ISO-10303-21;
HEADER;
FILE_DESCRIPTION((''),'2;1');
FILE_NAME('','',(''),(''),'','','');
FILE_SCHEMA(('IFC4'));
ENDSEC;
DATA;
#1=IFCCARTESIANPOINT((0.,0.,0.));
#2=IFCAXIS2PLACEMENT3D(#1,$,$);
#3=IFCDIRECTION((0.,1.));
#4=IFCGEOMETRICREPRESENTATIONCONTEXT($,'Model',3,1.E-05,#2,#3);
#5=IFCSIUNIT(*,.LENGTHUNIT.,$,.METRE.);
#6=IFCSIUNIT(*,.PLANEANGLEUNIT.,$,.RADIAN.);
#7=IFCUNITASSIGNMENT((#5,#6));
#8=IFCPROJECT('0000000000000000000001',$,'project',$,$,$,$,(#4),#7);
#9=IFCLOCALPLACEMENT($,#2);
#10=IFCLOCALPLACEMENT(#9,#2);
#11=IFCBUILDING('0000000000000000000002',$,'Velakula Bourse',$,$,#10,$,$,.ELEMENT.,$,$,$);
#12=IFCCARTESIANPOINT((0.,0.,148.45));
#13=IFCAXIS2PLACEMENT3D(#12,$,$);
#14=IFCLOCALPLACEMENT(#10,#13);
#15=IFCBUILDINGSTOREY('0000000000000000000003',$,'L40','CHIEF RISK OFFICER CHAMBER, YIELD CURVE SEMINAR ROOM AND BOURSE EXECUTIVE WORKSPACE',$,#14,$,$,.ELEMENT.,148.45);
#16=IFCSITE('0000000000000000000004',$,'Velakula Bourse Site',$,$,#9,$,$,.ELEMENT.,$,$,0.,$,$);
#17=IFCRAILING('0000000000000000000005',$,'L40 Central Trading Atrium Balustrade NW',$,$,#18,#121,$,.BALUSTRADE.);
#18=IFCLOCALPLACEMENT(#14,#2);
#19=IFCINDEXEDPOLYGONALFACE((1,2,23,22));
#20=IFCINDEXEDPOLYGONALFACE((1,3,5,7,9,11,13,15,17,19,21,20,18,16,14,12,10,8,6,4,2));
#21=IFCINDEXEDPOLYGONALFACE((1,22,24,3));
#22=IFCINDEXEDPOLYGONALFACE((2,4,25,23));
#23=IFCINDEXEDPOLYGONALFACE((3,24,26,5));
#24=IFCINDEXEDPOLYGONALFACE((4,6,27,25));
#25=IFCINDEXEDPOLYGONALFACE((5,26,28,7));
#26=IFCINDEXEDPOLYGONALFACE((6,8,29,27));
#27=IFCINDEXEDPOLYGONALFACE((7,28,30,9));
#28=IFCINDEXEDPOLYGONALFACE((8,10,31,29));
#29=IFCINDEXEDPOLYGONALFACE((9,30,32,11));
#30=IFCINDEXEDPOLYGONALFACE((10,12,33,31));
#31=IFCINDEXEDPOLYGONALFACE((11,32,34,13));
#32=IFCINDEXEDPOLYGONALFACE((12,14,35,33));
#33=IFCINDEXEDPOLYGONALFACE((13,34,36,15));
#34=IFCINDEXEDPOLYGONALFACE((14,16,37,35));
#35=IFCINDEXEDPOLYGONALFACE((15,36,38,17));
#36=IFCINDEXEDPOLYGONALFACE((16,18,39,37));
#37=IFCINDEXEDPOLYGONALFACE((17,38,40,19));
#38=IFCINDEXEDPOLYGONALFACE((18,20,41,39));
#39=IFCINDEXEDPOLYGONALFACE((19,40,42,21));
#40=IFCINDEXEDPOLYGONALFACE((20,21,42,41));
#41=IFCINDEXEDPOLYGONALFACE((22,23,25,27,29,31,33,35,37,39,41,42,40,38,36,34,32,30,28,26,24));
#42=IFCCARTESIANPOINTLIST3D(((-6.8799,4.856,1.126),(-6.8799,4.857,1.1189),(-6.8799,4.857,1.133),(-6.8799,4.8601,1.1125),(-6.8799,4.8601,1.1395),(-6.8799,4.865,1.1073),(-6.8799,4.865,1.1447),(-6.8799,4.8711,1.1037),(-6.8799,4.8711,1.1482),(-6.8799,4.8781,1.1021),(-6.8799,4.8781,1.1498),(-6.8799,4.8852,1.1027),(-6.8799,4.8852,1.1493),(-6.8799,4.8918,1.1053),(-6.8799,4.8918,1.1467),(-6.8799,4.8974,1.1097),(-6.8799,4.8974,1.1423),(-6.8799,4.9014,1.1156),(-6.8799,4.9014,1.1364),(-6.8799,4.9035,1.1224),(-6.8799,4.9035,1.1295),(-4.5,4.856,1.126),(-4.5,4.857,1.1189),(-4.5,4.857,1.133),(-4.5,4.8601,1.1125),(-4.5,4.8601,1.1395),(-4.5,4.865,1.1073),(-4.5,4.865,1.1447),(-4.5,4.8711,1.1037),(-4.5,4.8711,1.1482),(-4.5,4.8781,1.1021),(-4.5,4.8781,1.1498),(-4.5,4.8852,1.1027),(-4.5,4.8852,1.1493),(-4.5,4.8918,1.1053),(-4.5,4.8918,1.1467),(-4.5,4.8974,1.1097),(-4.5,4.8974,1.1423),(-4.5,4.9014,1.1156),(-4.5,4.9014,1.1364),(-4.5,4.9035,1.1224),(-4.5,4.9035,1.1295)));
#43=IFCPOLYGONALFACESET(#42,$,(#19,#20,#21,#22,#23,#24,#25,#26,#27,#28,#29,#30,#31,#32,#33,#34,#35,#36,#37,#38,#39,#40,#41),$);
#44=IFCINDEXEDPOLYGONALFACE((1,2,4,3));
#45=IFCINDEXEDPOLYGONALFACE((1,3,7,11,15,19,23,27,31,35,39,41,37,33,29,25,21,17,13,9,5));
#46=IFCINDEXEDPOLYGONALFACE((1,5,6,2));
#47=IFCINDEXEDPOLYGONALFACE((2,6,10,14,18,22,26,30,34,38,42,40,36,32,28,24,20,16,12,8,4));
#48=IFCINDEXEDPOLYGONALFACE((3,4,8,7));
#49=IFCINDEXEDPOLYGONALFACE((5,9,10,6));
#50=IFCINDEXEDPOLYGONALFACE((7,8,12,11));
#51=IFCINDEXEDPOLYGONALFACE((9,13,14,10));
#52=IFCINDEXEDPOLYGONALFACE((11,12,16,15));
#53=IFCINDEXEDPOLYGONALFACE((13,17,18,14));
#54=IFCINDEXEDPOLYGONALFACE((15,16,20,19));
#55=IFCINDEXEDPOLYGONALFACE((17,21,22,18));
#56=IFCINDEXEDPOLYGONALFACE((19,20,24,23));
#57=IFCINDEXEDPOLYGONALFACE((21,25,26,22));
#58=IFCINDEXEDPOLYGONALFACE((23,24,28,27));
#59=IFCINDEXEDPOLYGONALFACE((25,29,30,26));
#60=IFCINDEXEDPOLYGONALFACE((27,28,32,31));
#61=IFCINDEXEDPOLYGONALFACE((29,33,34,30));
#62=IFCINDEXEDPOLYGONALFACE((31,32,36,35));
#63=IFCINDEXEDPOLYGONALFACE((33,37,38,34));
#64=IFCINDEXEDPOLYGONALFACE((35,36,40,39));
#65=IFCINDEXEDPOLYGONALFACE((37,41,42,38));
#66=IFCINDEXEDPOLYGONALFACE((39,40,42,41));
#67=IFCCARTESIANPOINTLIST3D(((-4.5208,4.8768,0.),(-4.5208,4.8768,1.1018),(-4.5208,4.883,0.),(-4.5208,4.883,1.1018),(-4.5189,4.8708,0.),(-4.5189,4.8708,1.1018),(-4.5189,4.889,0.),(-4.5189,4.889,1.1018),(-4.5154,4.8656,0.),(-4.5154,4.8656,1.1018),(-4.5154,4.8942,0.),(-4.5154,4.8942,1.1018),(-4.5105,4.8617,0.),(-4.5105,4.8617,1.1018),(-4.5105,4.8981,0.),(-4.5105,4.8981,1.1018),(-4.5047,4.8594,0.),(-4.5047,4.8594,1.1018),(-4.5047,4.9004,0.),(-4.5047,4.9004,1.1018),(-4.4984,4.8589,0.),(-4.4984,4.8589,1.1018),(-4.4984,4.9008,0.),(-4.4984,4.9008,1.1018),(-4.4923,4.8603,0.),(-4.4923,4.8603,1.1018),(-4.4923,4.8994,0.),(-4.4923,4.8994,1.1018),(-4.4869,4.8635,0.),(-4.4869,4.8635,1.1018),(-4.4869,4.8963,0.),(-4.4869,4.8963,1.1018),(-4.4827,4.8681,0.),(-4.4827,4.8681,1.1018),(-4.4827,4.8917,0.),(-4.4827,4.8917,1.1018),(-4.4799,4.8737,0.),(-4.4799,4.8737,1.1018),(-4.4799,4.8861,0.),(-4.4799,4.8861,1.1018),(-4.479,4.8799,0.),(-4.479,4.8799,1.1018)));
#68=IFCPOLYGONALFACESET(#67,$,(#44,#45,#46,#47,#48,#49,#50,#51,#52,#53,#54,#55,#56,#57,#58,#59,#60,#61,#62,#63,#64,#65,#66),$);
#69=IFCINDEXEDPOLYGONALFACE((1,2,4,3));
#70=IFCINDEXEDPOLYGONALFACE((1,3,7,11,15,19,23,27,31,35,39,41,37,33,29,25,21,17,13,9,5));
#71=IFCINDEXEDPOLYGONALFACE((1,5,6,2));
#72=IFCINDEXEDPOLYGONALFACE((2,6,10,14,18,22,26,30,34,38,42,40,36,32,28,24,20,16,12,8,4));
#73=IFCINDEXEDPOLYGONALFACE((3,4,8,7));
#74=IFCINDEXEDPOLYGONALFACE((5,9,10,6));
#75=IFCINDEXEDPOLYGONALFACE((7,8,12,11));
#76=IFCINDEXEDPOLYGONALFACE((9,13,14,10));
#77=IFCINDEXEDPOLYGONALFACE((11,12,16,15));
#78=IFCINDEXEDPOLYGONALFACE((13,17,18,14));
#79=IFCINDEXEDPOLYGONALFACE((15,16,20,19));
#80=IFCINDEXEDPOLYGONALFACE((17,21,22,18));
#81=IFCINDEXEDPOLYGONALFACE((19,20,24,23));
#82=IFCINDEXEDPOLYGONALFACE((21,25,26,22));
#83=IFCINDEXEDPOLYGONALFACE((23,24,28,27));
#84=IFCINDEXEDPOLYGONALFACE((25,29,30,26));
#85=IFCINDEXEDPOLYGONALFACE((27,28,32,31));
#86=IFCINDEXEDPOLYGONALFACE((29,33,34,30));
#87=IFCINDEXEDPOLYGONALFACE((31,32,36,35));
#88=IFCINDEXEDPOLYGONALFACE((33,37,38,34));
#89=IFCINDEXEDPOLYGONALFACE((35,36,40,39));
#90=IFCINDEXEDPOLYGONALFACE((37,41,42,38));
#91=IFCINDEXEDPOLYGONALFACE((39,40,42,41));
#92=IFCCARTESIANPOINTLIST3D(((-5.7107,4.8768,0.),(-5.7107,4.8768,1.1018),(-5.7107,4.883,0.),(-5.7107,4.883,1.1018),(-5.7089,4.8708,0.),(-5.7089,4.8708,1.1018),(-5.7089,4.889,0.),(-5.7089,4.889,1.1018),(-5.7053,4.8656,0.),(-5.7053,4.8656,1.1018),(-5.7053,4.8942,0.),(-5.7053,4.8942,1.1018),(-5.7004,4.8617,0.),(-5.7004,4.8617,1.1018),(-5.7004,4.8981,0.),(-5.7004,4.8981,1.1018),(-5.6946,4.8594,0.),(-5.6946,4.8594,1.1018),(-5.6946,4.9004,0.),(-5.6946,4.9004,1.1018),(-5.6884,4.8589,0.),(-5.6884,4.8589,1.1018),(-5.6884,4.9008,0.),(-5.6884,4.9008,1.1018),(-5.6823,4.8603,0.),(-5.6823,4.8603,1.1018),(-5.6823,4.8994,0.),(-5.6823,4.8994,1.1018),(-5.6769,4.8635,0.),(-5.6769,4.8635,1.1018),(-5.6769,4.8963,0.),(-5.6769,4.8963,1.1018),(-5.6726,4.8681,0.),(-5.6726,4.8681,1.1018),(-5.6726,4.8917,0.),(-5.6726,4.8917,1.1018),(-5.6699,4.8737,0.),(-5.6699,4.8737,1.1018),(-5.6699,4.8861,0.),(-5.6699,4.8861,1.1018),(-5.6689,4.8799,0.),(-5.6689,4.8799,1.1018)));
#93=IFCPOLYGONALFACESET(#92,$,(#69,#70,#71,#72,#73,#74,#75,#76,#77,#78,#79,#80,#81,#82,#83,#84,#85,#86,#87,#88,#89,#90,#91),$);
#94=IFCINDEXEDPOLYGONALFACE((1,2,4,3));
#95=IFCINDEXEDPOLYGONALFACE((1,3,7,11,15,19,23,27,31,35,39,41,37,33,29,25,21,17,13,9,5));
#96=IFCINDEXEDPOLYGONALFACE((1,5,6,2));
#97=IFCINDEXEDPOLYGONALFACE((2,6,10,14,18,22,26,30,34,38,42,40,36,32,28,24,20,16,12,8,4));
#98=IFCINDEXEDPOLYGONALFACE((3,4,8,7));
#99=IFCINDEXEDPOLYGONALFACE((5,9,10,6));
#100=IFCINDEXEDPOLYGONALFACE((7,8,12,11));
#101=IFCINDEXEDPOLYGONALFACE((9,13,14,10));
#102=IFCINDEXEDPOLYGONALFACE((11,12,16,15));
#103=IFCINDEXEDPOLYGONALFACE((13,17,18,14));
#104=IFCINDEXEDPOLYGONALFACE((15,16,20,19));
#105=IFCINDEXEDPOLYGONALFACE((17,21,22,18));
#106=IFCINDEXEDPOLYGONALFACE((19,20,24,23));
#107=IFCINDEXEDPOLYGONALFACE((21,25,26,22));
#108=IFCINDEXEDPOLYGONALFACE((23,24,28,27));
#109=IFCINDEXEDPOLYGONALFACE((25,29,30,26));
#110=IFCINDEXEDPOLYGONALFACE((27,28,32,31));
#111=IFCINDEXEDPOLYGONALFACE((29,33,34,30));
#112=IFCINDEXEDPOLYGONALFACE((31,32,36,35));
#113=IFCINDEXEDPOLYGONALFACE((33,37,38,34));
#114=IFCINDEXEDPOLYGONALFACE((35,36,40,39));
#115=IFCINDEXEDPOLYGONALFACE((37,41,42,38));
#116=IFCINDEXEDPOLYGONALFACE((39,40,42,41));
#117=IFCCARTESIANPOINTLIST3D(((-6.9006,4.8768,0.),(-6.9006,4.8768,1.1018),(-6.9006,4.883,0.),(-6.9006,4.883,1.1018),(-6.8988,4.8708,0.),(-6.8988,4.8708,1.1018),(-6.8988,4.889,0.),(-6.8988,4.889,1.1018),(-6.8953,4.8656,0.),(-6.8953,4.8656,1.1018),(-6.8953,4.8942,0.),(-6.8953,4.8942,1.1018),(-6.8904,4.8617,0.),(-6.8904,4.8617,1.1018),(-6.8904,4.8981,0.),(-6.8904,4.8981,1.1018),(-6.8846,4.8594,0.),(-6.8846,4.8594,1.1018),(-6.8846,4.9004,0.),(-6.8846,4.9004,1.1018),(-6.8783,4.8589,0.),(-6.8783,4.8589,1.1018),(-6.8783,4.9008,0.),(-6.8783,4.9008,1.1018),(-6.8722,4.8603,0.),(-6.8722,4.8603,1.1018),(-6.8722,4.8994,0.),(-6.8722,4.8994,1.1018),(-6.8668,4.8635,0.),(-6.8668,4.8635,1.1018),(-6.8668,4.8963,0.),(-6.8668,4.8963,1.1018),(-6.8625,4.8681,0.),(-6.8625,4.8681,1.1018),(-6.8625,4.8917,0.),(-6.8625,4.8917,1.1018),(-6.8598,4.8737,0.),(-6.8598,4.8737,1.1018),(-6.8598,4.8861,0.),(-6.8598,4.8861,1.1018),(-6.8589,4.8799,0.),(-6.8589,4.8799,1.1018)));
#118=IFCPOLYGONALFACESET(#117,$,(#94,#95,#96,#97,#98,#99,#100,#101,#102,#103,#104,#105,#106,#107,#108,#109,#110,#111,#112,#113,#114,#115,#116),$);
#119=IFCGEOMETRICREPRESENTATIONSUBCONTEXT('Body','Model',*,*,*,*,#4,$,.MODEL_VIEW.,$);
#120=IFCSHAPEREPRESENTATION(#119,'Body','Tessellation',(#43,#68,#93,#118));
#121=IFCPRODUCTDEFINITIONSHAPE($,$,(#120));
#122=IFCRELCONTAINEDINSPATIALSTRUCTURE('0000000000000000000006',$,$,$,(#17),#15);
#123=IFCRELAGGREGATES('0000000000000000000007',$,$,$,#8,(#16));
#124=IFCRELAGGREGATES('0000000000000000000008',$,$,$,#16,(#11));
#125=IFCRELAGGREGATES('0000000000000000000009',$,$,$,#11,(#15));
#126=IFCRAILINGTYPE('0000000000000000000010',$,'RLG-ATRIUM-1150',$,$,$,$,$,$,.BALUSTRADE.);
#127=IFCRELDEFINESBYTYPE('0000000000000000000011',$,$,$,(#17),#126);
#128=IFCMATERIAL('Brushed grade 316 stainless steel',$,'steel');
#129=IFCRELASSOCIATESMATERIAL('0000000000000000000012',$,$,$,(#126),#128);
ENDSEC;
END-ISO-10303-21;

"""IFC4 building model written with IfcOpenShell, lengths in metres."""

from ifc_helpers import new_model, si_unit, direction, frame, origin, origin_2d, place, context, subcontext, project, spatial, circle, extrude, material, type_object, element, save


model = new_model("IFC4")

# Units and contexts
model_context = context("Model", 3, precision=1e-05, world=origin(), true_north=direction((0.0, 1.0)))
body_context = subcontext(model_context, "Body", "Model", "MODEL_VIEW")
ifc_project = project(units=[si_unit("LENGTHUNIT", "METRE"), si_unit("PLANEANGLEUNIT", "RADIAN")], contexts=[model_context])

# Site, building, storey
site_placement = place(None, origin())
site = spatial("IfcSite", under=ifc_project, at=site_placement, Name="Velakula Bourse Site", CompositionType="ELEMENT", RefElevation=0.0)
building_placement = place(site_placement, origin())
building = spatial("IfcBuilding", under=site, at=building_placement, Name="Velakula Bourse", CompositionType="ELEMENT")
storey_placement = place(building_placement, frame((0.0, 0.0, 148.45)))
storey = spatial("IfcBuildingStorey", under=building, at=storey_placement, Name="L40", Description="CHIEF RISK OFFICER CHAMBER, YIELD CURVE SEMINAR ROOM AND BOURSE EXECUTIVE WORKSPACE", CompositionType="ELEMENT", Elevation=148.45)

# Railing
ifc_material_1 = material(Name="Brushed grade 316 stainless steel", Category="steel")
railing_type = type_object("IfcRailingType", Name="RLG-ATRIUM-1150", PredefinedType="BALUSTRADE", material=ifc_material_1)
railing_1_placement = place(storey_placement, frame((-4.5, 4.8799, 0.0)))
element("IfcRailing", 1, at=railing_1_placement, inside=storey, type_object=railing_type, Name="L40 Central Trading Atrium Balustrade NW", PredefinedType="BALUSTRADE", context=body_context, shape_type="SweptSolid", body=[
    extrude(circle(Radius=0.0239, at=origin_2d()), frame((0.0, 0.0, 1.126), z_axis=(-1.0, 0.0, 0.0), x_axis=(0.0, -1.0, 0.0)), (0.0, 0.0, 1.0), 2.3799),
    extrude(circle(Radius=0.021, at=origin_2d()), origin(), (0.0, 0.0, 1.0), 1.1018),
    extrude(circle(Radius=0.021, at=origin_2d()), frame((-1.1899, 0.0, 0.0)), (0.0, 0.0, 1.0), 1.1018),
    extrude(circle(Radius=0.021, at=origin_2d()), frame((-2.3799, 0.0, 0.0)), (0.0, 0.0, 1.0), 1.1018),
])

save(model, "model.ifc")
